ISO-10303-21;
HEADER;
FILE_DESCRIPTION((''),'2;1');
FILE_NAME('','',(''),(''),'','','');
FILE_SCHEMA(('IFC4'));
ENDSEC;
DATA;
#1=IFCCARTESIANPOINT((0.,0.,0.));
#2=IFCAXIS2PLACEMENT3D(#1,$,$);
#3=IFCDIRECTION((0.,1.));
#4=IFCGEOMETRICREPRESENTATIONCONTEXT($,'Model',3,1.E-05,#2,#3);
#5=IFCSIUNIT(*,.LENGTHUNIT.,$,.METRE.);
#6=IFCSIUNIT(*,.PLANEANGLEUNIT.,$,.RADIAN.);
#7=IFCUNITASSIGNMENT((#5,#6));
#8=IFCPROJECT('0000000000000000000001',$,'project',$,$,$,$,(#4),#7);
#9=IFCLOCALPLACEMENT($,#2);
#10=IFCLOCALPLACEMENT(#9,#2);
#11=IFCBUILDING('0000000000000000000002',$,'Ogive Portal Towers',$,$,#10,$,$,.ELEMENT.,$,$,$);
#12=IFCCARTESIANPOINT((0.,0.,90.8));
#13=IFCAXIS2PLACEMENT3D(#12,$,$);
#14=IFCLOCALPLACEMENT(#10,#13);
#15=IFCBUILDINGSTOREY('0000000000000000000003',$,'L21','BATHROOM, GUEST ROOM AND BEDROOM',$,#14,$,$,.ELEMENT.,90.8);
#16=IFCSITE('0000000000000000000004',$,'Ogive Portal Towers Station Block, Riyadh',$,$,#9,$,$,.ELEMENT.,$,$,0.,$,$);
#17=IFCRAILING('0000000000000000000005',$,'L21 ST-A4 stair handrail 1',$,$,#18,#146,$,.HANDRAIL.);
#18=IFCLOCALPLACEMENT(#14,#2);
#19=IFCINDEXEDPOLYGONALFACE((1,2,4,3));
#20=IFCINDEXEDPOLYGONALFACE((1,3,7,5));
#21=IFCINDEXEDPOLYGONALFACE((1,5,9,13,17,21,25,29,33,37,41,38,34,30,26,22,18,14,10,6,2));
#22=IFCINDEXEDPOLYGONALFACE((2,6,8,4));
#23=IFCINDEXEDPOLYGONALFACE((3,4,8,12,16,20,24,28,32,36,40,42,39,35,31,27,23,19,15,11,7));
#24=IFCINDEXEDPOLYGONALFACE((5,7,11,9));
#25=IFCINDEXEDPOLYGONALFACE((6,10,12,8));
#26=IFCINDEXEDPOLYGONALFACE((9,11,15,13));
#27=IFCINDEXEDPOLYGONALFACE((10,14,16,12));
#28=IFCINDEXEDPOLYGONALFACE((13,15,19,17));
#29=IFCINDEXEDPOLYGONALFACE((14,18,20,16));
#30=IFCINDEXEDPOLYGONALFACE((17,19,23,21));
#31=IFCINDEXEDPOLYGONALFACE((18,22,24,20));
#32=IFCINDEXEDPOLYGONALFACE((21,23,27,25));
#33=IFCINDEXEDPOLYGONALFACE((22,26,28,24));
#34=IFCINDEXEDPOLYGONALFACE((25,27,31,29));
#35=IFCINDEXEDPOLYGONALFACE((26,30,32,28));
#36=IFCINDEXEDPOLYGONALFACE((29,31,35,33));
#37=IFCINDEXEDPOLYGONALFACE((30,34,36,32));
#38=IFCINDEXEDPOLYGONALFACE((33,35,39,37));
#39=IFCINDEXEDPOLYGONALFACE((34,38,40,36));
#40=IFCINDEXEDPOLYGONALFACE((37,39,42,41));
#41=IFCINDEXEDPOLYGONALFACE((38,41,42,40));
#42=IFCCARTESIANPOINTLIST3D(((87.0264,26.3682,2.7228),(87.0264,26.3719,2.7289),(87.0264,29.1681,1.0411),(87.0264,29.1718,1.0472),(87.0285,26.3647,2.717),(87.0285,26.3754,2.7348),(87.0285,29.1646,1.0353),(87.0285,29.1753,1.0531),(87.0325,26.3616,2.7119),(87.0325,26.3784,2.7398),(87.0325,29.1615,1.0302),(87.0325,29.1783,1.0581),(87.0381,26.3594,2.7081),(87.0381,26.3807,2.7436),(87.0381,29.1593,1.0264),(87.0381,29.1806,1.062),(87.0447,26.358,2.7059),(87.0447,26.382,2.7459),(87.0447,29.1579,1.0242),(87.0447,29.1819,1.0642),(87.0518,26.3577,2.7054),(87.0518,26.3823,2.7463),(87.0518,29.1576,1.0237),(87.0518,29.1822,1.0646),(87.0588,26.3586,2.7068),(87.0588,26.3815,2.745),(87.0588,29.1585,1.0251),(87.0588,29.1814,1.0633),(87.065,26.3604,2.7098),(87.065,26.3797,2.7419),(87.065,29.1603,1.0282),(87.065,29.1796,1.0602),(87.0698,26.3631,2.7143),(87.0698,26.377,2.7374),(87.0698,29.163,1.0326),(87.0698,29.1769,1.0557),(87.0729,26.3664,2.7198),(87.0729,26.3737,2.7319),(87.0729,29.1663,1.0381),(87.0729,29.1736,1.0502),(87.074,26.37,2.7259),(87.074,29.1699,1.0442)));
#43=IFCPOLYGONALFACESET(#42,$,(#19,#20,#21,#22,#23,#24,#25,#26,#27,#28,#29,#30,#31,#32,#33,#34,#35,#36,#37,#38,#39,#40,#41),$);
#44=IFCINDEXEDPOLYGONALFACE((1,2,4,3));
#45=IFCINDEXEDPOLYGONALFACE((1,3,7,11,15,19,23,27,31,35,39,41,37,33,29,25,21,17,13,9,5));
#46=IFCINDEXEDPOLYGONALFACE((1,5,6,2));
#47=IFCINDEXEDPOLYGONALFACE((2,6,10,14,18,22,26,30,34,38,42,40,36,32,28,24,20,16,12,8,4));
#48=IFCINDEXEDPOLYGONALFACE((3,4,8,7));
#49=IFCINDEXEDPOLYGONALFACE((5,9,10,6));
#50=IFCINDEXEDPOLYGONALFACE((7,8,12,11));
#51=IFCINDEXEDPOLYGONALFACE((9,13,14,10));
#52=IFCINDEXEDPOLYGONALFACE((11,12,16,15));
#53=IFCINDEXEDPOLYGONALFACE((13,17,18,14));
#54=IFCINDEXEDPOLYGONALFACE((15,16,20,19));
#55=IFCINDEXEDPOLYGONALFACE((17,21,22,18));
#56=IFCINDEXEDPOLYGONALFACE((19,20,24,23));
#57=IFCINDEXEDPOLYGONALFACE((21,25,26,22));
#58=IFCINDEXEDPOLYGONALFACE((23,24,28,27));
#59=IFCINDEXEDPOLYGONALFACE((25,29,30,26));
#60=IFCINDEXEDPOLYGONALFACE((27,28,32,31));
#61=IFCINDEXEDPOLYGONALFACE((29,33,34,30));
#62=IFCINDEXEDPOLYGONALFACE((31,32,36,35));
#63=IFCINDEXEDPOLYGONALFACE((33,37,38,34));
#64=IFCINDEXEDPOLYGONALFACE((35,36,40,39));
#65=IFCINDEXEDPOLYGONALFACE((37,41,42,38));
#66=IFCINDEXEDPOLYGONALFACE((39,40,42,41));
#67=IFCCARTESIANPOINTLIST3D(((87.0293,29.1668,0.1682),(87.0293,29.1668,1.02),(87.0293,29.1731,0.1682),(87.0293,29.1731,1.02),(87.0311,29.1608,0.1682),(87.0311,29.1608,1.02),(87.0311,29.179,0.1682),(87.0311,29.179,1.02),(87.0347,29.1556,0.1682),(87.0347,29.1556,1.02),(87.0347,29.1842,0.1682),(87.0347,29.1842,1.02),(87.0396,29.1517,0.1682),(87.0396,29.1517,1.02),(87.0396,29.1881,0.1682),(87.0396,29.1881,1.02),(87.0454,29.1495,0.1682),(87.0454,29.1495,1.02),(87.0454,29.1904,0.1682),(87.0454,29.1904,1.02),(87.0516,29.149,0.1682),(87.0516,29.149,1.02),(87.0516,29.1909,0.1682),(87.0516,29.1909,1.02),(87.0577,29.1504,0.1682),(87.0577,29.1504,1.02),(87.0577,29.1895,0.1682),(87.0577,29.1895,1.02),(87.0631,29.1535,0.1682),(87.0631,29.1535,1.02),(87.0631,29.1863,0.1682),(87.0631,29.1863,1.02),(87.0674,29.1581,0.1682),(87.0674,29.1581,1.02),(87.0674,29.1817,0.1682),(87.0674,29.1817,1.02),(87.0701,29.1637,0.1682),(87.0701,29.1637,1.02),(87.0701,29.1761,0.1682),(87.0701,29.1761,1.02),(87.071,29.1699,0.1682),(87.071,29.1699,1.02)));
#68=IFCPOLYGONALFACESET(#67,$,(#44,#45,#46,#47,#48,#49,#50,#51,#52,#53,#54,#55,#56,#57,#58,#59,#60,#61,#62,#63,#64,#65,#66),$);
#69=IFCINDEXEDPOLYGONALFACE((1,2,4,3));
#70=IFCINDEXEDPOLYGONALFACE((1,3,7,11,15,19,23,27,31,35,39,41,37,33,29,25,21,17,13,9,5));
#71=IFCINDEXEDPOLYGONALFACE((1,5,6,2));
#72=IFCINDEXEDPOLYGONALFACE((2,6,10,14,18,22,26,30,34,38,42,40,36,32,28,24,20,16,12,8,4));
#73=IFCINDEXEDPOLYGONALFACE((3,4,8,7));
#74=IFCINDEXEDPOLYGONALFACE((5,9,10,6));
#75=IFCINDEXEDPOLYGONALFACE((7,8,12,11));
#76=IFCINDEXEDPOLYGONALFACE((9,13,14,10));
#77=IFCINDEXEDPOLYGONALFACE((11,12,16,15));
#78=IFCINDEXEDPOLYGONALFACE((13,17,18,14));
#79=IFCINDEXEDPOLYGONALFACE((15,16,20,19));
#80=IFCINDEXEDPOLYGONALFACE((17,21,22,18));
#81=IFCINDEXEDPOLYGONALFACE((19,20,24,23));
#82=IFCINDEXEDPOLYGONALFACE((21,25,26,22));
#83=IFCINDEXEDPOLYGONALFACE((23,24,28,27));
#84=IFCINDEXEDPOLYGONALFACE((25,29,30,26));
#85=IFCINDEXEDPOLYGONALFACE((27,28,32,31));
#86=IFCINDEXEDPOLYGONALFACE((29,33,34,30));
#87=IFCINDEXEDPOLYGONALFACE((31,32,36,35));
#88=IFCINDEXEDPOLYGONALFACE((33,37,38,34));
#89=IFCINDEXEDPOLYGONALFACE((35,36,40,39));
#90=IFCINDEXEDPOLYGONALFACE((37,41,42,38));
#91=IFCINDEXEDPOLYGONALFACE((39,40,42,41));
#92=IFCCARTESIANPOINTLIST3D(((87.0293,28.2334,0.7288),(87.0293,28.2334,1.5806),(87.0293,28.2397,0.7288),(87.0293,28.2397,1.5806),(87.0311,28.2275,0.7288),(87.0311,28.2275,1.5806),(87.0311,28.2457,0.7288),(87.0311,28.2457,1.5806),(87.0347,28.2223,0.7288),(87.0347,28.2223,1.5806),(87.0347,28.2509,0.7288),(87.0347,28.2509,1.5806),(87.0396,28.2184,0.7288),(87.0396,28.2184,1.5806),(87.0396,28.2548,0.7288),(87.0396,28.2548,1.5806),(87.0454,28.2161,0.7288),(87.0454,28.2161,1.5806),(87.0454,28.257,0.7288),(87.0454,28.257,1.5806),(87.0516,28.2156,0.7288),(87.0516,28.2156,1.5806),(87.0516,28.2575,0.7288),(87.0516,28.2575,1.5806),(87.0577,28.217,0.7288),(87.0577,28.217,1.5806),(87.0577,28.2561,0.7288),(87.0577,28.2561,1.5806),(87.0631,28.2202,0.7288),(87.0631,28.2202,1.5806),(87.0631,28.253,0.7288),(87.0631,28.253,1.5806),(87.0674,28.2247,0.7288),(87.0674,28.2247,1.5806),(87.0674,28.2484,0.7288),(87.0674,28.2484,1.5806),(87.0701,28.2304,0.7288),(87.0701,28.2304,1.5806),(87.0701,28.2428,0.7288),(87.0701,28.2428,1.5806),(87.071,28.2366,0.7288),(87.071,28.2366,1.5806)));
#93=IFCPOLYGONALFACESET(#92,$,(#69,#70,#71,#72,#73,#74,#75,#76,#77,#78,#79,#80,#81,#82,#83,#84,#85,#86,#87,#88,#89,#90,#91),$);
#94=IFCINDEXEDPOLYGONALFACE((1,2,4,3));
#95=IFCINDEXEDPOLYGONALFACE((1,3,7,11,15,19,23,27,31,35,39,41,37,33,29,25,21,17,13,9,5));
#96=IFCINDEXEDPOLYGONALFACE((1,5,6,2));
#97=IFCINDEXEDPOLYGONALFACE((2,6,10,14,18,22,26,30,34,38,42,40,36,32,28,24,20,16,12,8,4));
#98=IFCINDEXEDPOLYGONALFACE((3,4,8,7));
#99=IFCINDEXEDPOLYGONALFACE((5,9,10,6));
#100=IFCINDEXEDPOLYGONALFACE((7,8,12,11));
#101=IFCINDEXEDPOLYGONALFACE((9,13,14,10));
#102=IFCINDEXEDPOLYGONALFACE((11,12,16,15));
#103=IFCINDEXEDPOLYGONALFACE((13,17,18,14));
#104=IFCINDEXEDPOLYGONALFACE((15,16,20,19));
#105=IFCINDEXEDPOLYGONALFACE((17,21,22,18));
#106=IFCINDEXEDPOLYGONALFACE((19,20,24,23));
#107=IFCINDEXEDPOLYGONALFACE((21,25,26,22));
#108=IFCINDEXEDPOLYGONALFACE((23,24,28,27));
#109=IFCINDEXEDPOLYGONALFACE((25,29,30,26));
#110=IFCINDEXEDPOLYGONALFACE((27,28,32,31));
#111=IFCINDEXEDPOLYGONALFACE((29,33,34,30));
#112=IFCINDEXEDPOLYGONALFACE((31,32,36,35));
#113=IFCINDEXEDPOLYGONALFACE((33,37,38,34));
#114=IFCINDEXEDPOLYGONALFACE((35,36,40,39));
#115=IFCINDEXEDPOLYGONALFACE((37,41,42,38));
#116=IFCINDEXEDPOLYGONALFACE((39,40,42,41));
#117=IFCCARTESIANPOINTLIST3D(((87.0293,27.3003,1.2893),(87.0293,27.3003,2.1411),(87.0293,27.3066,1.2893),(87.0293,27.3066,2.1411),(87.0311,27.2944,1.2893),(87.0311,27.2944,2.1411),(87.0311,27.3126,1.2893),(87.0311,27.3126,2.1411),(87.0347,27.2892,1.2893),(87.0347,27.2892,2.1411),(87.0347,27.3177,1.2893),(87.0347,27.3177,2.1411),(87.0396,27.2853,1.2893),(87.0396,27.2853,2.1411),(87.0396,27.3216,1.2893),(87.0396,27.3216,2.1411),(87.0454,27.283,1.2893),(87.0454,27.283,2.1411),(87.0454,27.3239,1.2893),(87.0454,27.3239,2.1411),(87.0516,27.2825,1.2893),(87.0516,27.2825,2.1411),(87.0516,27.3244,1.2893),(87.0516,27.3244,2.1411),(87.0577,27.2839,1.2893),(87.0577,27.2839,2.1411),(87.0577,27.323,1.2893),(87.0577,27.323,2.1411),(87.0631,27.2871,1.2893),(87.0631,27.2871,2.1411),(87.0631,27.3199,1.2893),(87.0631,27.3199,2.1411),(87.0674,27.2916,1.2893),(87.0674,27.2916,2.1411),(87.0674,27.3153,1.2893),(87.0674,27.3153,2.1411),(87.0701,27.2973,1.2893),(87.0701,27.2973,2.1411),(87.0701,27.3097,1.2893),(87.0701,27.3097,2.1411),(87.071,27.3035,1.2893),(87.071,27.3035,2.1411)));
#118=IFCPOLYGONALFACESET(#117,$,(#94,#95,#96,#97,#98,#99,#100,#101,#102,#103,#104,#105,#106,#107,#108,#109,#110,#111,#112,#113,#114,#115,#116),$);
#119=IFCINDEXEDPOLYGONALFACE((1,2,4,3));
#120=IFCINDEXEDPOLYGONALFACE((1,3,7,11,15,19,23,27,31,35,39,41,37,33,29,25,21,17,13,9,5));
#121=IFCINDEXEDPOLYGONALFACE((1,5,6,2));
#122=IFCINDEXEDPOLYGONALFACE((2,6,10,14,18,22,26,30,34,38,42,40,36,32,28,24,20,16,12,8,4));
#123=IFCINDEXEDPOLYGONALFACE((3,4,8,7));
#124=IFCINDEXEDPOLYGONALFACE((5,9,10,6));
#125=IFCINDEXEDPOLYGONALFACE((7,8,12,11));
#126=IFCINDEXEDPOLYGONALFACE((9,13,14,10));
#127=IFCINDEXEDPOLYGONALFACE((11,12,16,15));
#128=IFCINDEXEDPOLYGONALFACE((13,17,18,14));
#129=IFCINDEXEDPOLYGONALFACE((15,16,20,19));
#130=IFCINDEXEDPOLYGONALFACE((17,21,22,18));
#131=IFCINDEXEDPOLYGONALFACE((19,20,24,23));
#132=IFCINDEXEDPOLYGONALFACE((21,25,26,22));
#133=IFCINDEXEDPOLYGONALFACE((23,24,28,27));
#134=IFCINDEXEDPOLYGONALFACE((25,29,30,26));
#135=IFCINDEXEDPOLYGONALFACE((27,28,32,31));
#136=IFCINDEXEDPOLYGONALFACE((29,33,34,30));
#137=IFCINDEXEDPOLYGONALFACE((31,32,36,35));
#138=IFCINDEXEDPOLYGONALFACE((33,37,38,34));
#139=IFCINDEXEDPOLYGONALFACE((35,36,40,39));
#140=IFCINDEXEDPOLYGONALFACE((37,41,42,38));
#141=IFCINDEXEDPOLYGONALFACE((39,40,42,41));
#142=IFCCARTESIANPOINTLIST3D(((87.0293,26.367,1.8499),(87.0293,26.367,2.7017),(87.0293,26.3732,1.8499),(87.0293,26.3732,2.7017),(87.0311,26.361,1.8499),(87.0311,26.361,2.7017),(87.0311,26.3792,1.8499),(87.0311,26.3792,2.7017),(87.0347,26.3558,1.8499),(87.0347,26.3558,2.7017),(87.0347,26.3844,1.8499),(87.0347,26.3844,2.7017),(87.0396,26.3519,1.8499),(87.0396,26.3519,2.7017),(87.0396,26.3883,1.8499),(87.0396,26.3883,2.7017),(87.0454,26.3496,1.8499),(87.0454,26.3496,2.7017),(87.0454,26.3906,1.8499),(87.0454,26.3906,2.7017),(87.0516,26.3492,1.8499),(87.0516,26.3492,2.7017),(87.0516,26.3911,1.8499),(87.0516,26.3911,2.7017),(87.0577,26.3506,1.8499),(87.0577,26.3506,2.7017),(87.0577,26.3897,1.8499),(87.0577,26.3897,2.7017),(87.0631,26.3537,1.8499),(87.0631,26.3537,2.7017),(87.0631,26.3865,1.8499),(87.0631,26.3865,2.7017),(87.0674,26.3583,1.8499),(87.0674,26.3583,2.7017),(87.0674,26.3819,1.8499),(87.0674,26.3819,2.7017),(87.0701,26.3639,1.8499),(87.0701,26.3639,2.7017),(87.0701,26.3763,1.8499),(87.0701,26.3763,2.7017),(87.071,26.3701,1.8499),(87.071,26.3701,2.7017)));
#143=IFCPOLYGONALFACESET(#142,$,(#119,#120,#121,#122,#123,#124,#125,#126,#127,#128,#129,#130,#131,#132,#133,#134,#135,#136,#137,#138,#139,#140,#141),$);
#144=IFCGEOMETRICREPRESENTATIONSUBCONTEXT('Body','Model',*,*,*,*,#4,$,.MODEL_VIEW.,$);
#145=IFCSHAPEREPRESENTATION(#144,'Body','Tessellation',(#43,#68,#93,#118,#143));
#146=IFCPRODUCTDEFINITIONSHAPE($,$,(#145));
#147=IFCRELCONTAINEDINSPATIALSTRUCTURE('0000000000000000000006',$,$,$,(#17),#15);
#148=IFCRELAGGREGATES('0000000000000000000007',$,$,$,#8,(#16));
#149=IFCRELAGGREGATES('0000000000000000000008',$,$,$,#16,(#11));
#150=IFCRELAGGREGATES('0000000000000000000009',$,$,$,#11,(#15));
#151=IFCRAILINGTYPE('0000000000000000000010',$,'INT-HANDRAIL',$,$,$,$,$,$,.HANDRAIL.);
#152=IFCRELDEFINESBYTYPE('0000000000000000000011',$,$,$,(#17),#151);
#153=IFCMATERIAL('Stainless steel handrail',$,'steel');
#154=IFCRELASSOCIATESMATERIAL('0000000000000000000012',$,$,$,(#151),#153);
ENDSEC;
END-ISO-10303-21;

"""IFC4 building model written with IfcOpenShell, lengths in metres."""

from ifc_helpers import new_model, si_unit, direction, frame, origin, origin_2d, place, context, subcontext, project, spatial, circle, extrude, material, type_object, element, save


model = new_model("IFC4")

# Units and contexts
model_context = context("Model", 3, precision=1e-05, world=origin(), true_north=direction((0.0, 1.0)))
body_context = subcontext(model_context, "Body", "Model", "MODEL_VIEW")
ifc_project = project(units=[si_unit("LENGTHUNIT", "METRE"), si_unit("PLANEANGLEUNIT", "RADIAN")], contexts=[model_context])

# Site, building, storey
site_placement = place(None, origin())
site = spatial("IfcSite", under=ifc_project, at=site_placement, Name="Ogive Portal Towers Station Block, Riyadh", CompositionType="ELEMENT", RefElevation=0.0)
building_placement = place(site_placement, origin())
building = spatial("IfcBuilding", under=site, at=building_placement, Name="Ogive Portal Towers", CompositionType="ELEMENT")
storey_placement = place(building_placement, frame((0.0, 0.0, 90.8)))
storey = spatial("IfcBuildingStorey", under=building, at=storey_placement, Name="L21", Description="BATHROOM, GUEST ROOM AND BEDROOM", CompositionType="ELEMENT", Elevation=90.8)

# Railing
ifc_material_1 = material(Name="Stainless steel handrail", Category="steel")
railing_type_1 = type_object("IfcRailingType", Name="INT-HANDRAIL", PredefinedType="HANDRAIL", material=ifc_material_1)
railing_1_placement = place(storey_placement, frame((87.05, 29.1699, 0.1682)))
element("IfcRailing", 1, at=railing_1_placement, inside=storey, type_object=railing_type_1, Name="L21 ST-A4 stair handrail 1", PredefinedType="HANDRAIL", context=body_context, shape_type="SweptSolid", body=[
    extrude(circle(Radius=0.0239, at=origin_2d()), frame((0.0, 0.0, 0.876), z_axis=(0.0, -0.857255, 0.514891), x_axis=(1.0, 0.0, 0.0)), (0.0, 0.0, 1.0), 3.2661),
    extrude(circle(Radius=0.021, at=origin_2d()), origin(), (0.0, 0.0, 1.0), 0.8518),
    extrude(circle(Radius=0.021, at=origin_2d()), frame((0.0, -0.9333, 0.5605)), (0.0, 0.0, 1.0), 0.8518),
    extrude(circle(Radius=0.021, at=origin_2d()), frame((0.0, -1.8665, 1.1211)), (0.0, 0.0, 1.0), 0.8518),
    extrude(circle(Radius=0.021, at=origin_2d()), frame((0.0, -2.7998, 1.6816)), (0.0, 0.0, 1.0), 0.8518),
])

save(model, "model.ifc")
